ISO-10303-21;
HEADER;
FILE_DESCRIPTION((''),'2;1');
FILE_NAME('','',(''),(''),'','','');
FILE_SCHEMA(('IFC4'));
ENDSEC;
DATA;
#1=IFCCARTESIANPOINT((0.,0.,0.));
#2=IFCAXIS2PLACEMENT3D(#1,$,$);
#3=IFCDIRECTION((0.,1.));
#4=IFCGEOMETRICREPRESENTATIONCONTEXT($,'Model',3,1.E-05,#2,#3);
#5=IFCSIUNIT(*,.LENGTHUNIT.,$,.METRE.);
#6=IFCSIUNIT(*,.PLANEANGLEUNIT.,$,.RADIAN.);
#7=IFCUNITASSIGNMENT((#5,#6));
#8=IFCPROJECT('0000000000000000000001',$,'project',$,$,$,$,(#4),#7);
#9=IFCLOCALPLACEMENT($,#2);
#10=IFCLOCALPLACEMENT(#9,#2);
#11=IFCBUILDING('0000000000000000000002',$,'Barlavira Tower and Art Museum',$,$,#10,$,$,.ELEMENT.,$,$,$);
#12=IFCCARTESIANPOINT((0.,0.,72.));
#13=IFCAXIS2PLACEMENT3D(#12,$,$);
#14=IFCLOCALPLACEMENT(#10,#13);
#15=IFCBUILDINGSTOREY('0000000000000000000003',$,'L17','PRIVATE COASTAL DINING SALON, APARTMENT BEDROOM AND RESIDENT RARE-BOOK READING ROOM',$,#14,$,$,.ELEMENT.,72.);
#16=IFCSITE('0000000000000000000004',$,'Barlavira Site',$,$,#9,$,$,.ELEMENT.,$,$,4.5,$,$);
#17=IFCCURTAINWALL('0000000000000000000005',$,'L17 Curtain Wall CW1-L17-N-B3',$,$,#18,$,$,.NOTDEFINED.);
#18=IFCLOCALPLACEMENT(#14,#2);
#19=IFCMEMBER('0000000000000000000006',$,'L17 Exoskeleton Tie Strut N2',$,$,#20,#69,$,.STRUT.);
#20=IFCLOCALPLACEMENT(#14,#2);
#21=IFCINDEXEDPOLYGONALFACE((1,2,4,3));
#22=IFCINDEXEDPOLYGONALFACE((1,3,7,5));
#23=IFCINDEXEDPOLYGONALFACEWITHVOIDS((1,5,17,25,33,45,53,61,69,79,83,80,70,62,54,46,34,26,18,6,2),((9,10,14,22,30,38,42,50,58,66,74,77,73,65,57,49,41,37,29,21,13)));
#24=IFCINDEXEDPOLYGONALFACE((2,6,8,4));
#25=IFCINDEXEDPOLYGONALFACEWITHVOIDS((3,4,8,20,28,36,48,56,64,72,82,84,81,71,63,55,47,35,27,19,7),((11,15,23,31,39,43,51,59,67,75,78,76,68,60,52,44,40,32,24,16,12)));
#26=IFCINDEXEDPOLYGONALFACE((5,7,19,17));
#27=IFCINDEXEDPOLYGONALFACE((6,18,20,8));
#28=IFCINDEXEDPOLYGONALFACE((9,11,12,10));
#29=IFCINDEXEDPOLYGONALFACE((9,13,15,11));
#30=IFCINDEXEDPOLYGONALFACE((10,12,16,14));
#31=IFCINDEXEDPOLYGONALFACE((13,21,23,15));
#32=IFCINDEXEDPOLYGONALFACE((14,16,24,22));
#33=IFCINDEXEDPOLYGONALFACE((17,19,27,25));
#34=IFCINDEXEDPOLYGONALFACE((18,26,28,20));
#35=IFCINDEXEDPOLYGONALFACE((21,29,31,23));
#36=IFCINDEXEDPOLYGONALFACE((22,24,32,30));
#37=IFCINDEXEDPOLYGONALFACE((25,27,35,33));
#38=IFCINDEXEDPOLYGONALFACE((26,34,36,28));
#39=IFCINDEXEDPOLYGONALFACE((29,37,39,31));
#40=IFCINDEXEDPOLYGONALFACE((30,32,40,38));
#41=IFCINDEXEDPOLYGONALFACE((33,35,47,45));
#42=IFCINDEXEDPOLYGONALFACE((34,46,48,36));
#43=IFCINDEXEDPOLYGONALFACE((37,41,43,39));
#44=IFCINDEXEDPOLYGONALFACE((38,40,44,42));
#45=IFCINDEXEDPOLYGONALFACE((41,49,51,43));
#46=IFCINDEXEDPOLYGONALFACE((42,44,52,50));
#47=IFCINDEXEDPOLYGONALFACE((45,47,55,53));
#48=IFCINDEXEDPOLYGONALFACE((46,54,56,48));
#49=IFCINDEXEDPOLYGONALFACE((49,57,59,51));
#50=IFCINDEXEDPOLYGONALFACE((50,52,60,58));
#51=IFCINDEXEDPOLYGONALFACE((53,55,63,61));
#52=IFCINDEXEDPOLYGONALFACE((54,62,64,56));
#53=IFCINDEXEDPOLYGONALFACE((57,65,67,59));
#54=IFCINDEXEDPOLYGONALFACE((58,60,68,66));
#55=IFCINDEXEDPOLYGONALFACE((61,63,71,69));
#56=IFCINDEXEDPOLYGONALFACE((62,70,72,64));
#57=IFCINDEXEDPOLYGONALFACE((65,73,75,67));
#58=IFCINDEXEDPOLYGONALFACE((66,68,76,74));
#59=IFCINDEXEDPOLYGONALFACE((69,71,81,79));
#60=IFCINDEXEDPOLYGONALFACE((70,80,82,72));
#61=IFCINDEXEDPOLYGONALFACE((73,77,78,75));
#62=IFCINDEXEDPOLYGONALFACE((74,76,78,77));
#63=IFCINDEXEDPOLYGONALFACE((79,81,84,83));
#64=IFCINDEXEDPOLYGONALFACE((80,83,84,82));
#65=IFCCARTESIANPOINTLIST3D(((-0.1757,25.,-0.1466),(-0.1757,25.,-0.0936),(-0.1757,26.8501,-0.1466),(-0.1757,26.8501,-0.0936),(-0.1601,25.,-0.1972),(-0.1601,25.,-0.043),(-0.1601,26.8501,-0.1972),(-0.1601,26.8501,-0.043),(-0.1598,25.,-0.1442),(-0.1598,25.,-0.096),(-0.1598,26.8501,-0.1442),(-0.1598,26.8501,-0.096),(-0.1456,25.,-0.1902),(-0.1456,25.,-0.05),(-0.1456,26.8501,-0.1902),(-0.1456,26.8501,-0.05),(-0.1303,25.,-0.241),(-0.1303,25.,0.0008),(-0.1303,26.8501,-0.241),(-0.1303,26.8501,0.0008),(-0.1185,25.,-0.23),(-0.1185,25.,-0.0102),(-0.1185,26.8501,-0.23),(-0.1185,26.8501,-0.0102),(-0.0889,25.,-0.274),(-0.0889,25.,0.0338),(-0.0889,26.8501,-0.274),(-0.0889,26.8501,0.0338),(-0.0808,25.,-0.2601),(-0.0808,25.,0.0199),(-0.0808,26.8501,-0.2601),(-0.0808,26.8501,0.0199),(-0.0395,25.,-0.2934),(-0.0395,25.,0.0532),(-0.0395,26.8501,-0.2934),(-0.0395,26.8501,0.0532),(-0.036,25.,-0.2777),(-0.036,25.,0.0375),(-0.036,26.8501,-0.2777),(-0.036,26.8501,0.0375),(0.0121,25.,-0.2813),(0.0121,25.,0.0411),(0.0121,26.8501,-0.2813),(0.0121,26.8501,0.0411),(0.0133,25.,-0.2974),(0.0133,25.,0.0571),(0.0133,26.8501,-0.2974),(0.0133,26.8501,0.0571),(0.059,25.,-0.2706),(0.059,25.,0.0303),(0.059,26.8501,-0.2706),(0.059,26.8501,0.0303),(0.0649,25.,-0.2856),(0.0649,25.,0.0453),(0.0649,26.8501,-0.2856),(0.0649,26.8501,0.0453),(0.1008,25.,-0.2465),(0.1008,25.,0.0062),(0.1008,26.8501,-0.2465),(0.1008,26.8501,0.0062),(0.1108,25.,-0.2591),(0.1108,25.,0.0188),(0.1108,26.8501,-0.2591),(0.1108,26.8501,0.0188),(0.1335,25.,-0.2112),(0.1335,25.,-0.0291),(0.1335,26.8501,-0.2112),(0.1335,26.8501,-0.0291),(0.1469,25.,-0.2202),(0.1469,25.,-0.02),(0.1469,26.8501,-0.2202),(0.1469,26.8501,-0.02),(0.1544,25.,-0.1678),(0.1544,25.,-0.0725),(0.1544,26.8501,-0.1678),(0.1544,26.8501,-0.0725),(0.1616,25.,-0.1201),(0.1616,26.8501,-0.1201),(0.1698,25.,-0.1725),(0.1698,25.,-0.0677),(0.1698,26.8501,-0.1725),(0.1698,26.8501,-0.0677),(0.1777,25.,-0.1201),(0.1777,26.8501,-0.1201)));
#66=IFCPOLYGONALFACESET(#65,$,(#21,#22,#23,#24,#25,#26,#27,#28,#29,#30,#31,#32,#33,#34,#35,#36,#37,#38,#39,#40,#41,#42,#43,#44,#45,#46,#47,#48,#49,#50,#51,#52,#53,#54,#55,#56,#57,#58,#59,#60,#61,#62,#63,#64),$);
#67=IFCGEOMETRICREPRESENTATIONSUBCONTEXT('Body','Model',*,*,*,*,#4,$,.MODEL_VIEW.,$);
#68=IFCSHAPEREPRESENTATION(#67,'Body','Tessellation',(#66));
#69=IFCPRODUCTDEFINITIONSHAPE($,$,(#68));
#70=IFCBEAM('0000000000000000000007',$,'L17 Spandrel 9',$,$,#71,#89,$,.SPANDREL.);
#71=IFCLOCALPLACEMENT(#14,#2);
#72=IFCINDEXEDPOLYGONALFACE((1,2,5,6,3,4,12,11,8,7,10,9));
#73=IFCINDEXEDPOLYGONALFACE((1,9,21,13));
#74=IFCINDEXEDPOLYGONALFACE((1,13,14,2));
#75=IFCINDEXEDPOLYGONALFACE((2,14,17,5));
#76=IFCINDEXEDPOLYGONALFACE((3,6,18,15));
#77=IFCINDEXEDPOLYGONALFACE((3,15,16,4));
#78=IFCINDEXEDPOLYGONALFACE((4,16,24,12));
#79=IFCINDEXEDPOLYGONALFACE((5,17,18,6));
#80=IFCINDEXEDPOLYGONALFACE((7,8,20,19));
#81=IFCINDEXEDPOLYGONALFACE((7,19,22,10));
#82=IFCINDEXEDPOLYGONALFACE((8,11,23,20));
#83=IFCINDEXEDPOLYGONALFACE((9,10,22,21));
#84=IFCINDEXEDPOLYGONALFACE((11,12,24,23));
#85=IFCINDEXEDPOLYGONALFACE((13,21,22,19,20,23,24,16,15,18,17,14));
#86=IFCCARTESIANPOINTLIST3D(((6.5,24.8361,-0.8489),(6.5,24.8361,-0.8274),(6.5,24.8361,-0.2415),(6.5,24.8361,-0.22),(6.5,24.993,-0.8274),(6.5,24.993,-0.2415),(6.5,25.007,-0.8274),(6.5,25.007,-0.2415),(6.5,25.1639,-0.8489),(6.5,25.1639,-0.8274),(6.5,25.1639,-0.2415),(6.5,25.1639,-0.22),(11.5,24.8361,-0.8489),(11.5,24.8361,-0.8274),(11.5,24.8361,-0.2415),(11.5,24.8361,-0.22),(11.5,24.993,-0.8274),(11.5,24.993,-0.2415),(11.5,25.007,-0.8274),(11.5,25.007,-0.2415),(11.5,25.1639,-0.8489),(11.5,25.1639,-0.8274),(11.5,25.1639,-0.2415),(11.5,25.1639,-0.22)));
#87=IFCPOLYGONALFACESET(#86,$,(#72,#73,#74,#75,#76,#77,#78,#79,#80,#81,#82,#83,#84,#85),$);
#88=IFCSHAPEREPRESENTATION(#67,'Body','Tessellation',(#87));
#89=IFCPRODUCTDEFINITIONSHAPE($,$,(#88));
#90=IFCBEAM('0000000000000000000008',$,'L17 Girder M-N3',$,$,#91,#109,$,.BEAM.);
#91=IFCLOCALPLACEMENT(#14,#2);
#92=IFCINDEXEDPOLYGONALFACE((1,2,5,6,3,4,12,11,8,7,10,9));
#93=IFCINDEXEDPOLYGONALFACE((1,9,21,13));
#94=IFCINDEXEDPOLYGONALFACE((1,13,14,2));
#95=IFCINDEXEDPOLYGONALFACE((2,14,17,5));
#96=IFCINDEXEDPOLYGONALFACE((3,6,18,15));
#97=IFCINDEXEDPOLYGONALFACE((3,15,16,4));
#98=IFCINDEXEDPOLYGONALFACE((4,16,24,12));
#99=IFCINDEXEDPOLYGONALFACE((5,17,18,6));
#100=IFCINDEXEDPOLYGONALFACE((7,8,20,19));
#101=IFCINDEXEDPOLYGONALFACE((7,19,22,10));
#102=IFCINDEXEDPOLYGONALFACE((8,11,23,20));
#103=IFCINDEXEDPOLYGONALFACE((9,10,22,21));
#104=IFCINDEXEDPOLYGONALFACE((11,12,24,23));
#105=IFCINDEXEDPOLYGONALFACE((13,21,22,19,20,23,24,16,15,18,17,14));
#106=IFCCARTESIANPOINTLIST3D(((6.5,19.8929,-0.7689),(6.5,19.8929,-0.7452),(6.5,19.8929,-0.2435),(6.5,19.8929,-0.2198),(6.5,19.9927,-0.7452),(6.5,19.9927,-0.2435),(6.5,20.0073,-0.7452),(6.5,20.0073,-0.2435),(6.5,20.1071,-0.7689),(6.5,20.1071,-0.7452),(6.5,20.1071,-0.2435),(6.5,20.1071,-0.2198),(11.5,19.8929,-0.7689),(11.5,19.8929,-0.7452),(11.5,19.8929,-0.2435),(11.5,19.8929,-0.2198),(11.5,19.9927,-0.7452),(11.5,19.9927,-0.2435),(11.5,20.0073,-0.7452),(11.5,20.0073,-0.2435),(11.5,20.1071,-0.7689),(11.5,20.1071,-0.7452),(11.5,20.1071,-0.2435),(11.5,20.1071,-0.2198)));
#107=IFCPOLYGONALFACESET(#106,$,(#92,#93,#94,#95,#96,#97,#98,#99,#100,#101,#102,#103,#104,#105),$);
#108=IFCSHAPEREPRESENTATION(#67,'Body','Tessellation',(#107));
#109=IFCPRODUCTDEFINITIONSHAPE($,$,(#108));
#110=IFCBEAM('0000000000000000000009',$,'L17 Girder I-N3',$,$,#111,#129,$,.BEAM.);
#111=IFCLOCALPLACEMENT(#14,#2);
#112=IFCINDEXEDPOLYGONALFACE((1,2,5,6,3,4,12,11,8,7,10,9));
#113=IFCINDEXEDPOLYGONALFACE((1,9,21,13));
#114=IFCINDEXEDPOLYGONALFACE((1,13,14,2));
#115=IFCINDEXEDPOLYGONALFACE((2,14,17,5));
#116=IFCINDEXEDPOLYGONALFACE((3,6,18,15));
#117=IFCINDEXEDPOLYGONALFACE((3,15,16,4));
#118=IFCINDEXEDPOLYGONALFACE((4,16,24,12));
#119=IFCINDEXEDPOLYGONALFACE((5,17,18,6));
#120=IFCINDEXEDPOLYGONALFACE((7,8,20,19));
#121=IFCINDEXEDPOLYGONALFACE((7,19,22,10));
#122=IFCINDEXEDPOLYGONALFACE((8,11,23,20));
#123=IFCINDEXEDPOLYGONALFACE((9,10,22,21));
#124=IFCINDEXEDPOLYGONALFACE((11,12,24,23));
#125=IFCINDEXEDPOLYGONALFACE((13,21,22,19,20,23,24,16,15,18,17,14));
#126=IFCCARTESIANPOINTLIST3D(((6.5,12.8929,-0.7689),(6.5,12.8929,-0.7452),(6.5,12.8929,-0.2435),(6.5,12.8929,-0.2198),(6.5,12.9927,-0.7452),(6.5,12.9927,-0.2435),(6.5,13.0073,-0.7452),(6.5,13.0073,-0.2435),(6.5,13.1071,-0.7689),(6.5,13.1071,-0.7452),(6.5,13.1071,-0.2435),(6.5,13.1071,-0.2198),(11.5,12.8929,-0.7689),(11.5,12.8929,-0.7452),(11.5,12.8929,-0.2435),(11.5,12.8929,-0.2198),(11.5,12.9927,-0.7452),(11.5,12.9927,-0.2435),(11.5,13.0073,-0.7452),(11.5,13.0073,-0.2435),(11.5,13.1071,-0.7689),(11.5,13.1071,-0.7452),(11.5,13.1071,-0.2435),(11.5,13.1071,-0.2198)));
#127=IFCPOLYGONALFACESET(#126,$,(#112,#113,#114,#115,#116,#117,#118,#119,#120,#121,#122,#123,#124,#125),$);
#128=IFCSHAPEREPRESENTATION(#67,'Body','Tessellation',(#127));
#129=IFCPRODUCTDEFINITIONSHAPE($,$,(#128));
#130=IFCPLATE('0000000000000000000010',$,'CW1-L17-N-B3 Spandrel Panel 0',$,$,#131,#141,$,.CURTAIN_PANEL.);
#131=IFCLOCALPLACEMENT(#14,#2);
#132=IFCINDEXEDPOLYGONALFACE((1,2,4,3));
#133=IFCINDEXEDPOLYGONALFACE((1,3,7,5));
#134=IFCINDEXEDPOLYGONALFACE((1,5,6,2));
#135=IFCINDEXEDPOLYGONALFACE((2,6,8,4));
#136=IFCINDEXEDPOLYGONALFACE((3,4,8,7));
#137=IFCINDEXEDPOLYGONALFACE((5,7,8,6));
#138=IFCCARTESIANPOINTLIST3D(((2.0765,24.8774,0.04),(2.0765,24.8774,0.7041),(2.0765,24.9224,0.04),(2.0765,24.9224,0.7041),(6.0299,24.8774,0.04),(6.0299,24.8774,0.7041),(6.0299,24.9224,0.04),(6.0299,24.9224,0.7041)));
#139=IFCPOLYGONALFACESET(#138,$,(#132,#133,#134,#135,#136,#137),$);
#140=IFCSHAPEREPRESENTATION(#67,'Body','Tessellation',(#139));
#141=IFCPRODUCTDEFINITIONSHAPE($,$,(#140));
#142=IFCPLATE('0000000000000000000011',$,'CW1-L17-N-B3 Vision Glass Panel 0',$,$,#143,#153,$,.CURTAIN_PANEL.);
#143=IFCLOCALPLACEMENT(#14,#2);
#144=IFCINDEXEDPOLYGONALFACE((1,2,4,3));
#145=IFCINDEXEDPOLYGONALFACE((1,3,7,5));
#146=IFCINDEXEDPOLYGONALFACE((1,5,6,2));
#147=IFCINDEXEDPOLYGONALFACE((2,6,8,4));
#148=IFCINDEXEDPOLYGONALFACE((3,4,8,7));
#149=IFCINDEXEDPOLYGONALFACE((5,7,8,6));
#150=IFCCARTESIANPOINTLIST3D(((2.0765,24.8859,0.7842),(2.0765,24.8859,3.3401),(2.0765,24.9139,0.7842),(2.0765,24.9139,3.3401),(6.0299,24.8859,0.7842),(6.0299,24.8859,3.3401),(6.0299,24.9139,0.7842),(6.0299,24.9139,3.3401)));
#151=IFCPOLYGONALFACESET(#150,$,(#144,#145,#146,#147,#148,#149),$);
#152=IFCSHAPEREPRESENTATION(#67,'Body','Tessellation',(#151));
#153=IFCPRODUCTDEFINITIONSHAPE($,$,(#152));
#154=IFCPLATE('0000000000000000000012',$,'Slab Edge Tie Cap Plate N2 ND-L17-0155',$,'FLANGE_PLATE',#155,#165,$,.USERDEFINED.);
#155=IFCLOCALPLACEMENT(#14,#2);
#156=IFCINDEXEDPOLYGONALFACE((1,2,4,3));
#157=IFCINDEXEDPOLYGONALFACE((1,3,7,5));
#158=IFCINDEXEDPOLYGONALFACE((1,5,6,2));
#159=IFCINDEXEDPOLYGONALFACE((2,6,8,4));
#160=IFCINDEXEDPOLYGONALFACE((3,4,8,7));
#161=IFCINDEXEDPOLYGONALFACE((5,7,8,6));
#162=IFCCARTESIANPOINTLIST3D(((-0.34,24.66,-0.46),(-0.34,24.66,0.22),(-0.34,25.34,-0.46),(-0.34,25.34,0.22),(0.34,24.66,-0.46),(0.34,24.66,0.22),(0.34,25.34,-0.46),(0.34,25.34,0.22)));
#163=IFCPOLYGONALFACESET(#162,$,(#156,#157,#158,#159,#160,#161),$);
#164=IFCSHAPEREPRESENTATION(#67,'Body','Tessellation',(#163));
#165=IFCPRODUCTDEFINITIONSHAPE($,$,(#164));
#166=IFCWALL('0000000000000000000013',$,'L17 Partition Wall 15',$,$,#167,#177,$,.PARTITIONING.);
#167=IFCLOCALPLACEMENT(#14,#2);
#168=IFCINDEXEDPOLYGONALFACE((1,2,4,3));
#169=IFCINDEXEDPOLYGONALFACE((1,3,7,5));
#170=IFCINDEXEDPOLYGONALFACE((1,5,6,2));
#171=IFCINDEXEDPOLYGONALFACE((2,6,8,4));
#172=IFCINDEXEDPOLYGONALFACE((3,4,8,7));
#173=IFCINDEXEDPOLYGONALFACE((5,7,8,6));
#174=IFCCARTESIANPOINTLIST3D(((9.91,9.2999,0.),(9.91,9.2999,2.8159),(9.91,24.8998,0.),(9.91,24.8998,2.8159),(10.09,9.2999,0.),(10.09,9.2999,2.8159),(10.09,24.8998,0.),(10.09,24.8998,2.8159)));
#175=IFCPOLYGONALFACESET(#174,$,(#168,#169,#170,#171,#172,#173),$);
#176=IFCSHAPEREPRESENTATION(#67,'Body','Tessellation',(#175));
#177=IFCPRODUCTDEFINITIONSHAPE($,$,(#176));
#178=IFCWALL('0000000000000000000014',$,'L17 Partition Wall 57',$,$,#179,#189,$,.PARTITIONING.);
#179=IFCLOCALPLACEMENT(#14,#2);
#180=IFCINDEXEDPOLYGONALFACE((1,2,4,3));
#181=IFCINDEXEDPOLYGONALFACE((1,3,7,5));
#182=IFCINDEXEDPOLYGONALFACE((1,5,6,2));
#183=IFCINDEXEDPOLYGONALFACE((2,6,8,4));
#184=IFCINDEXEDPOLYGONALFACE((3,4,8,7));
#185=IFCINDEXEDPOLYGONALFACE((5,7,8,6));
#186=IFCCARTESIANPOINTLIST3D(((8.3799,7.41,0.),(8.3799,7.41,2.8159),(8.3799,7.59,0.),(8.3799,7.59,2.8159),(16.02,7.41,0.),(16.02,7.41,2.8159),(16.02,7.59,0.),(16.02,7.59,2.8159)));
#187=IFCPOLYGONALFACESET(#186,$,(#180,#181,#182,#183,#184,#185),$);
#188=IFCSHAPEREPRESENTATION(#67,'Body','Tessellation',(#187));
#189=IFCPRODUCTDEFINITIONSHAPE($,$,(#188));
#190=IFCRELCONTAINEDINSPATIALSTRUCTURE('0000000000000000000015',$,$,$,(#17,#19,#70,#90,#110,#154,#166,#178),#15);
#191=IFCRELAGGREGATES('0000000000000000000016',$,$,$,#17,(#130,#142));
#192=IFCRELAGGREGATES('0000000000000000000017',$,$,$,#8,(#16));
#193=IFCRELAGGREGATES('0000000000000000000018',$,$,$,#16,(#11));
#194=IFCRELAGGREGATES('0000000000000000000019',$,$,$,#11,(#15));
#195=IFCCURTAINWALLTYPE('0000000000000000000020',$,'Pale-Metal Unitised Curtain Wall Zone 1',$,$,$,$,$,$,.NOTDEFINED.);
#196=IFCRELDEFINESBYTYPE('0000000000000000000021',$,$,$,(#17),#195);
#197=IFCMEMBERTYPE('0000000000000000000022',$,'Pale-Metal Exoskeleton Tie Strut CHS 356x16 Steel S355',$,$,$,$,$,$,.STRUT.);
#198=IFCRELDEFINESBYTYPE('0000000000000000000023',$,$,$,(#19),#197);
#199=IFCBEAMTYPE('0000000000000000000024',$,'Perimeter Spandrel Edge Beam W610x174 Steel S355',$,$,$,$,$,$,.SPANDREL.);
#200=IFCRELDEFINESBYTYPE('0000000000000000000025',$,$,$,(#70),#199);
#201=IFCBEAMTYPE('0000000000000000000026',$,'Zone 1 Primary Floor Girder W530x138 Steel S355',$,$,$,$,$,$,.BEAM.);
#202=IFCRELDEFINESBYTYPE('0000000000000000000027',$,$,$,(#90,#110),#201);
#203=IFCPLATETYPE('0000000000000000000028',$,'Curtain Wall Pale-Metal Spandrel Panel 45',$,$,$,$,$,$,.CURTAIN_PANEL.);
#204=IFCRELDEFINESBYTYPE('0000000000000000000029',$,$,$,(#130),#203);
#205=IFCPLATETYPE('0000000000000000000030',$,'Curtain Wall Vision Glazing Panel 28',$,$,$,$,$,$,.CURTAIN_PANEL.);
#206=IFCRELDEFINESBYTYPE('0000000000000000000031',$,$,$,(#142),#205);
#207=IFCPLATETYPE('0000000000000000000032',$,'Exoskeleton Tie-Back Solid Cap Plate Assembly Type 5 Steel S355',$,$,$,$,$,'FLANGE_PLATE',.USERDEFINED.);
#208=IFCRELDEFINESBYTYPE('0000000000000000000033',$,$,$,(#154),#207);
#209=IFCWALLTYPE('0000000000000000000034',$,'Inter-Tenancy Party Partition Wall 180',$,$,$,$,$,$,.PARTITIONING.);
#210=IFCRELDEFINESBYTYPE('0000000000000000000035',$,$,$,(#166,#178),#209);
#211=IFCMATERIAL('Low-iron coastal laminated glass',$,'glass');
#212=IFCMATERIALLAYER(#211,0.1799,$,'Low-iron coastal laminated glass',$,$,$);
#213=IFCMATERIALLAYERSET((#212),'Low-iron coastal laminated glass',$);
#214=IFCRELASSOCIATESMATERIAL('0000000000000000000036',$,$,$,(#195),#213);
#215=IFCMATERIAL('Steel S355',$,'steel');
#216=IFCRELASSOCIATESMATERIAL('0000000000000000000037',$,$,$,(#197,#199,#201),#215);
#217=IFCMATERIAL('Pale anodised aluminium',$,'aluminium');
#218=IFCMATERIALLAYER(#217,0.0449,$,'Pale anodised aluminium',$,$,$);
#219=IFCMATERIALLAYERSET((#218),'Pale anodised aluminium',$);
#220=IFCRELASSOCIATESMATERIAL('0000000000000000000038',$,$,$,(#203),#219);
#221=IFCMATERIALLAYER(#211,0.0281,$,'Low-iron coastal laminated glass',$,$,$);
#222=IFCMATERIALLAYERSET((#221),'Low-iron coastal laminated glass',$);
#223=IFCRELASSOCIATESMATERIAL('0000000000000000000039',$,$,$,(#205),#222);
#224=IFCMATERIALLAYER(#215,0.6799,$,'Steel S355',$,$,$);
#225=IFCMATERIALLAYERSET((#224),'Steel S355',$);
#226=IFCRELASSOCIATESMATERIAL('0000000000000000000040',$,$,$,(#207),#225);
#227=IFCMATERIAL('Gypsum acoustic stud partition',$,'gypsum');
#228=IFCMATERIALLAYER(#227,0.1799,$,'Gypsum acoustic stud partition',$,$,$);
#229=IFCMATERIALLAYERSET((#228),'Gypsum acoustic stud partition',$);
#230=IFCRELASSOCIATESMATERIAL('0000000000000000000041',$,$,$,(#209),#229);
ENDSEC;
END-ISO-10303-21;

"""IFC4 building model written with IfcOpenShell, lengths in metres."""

from ifc_helpers import new_model, si_unit, direction, frame, frame_2d, origin, origin_2d, place, context, subcontext, project, spatial, rectangle, hollow_circle, i_section, extrude, material, layer, layer_set, material_profile, profile_set, type_object, element, aggregate, save


model = new_model("IFC4")

# Units and contexts
model_context = context("Model", 3, precision=1e-05, world=origin(), true_north=direction((0.0, 1.0)))
body_context = subcontext(model_context, "Body", "Model", "MODEL_VIEW")
ifc_project = project(units=[si_unit("LENGTHUNIT", "METRE"), si_unit("PLANEANGLEUNIT", "RADIAN")], contexts=[model_context])

# Site, building, storey
site_placement = place(None, origin())
site = spatial("IfcSite", under=ifc_project, at=site_placement, Name="Barlavira Site", CompositionType="ELEMENT", RefElevation=4.5)
building_placement = place(site_placement, origin())
building = spatial("IfcBuilding", under=site, at=building_placement, Name="Barlavira Tower and Art Museum", CompositionType="ELEMENT")
storey_placement = place(building_placement, frame((0.0, 0.0, 72.0)))
storey = spatial("IfcBuildingStorey", under=building, at=storey_placement, Name="L17", Description="PRIVATE COASTAL DINING SALON, APARTMENT BEDROOM AND RESIDENT RARE-BOOK READING ROOM", CompositionType="ELEMENT", Elevation=72.0)

# Curtain wall
ifc_material_1 = material(Name="Low-iron coastal laminated glass", Category="glass")
ifc_layer_1 = layer(ifc_material_1, 0.1799, Name="Low-iron coastal laminated glass")
ifc_layer_set_1 = layer_set([ifc_layer_1], Name="Low-iron coastal laminated glass")
curtain_wall_type = type_object("IfcCurtainWallType", Name="Pale-Metal Unitised Curtain Wall Zone 1", PredefinedType="NOTDEFINED", material=ifc_layer_set_1)
curtain_wall_placement = place(storey_placement, origin())
curtain_wall = element("IfcCurtainWall", 1, at=curtain_wall_placement, inside=storey, type_object=curtain_wall_type, Name="L17 Curtain Wall CW1-L17-N-B3", PredefinedType="NOTDEFINED")
ifc_material_2 = material(Name="Pale anodised aluminium", Category="aluminium")

# Member
ifc_material_3 = material(Name="Steel S355", Category="steel")
ifc_material_profile_1 = material_profile(ifc_material_3, hollow_circle(Radius=0.1777, WallThickness=0.0161, at=origin_2d()), Name="CHS 355.6x16.0")
ifc_profile_set_1 = profile_set([ifc_material_profile_1], Name="Steel S355")
member_type_1 = type_object("IfcMemberType", Name="Pale-Metal Exoskeleton Tie Strut CHS 356x16 Steel S355", PredefinedType="STRUT", material=ifc_profile_set_1)
member_1_placement = place(storey_placement, frame((0.0, 26.8501, -0.1201), z_axis=(0.0, -1.0, 0.0), x_axis=(1.0, 0.0, 0.0)))
element("IfcMember", 2, at=member_1_placement, inside=storey, type_object=member_type_1, Name="L17 Exoskeleton Tie Strut N2", PredefinedType="STRUT", context=body_context, shape_type="SweptSolid", body=[
    extrude(hollow_circle(Radius=0.1777, WallThickness=0.0161, at=origin_2d()), origin(), (0.0, 0.0, 1.0), 1.8501),
])

# Beams
ifc_material_profile_2 = material_profile(ifc_material_3, i_section(OverallWidth=0.3279, OverallDepth=0.6289, WebThickness=0.0139, FlangeThickness=0.0215, at=origin_2d()), Name="W610x174.0")
ifc_profile_set_2 = profile_set([ifc_material_profile_2], Name="Steel S355")
beam_type_1 = type_object("IfcBeamType", Name="Perimeter Spandrel Edge Beam W610x174 Steel S355", PredefinedType="SPANDREL", material=ifc_profile_set_2)
beam_placement = place(storey_placement, frame((6.5, 25.0, -0.5344), z_axis=(1.0, 0.0, 0.0), x_axis=(0.0, 1.0, 0.0)))
element("IfcBeam", 3, at=beam_placement, inside=storey, type_object=beam_type_1, Name="L17 Spandrel 9", PredefinedType="SPANDREL", context=body_context, shape_type="SweptSolid", body=[
    extrude(i_section(OverallWidth=0.3279, OverallDepth=0.6289, WebThickness=0.0139, FlangeThickness=0.0215, at=origin_2d()), origin(), (0.0, 0.0, 1.0), 5.0),
])
ifc_material_profile_3 = material_profile(ifc_material_3, i_section(OverallWidth=0.2141, OverallDepth=0.5491, WebThickness=0.0146, FlangeThickness=0.0237, at=origin_2d()), Name="W530x138.0")
ifc_profile_set_3 = profile_set([ifc_material_profile_3], Name="Steel S355")
beam_type_2 = type_object("IfcBeamType", Name="Zone 1 Primary Floor Girder W530x138 Steel S355", PredefinedType="BEAM", material=ifc_profile_set_3)
for number, where, z_axis, x_axis, name in (
    (4, (6.5, 20.0, -0.4944), (1.0, 0.0, 0.0), (0.0, 1.0, 0.0), "L17 Girder M-N3"),
    (5, (6.5, 13.0, -0.4944), (1.0, 0.0, 0.0), (0.0, 1.0, 0.0), "L17 Girder I-N3"),
):
    element("IfcBeam", number, at=place(storey_placement, frame(where, z_axis=z_axis, x_axis=x_axis)), inside=storey, type_object=beam_type_2, Name=name, PredefinedType="BEAM", context=body_context, shape_type="SweptSolid", body=[
        extrude(i_section(OverallWidth=0.2141, OverallDepth=0.5491, WebThickness=0.0146, FlangeThickness=0.0237, at=origin_2d()), origin(), (0.0, 0.0, 1.0), 5.0),
    ])

# Plates
ifc_layer_2 = layer(ifc_material_2, 0.0449, Name="Pale anodised aluminium")
ifc_layer_set_2 = layer_set([ifc_layer_2], Name="Pale anodised aluminium")
plate_type_1 = type_object("IfcPlateType", Name="Curtain Wall Pale-Metal Spandrel Panel 45", PredefinedType="CURTAIN_PANEL", material=ifc_layer_set_2)
plate_1_placement = place(storey_placement, frame((4.0532, 24.8999, 0.04), z_axis=(0.0, 0.0, 1.0), x_axis=(-1.0, 0.0, 0.0)))
plate_1 = element("IfcPlate", 6, at=plate_1_placement, type_object=plate_type_1, Name="CW1-L17-N-B3 Spandrel Panel 0", PredefinedType="CURTAIN_PANEL", context=body_context, shape_type="SweptSolid", body=[
    extrude(rectangle(XDim=3.9534, YDim=0.0449, at=origin_2d()), origin(), (0.0, 0.0, 1.0), 0.6641),
])
ifc_layer_3 = layer(ifc_material_1, 0.0281, Name="Low-iron coastal laminated glass")
ifc_layer_set_3 = layer_set([ifc_layer_3], Name="Low-iron coastal laminated glass")
plate_type_2 = type_object("IfcPlateType", Name="Curtain Wall Vision Glazing Panel 28", PredefinedType="CURTAIN_PANEL", material=ifc_layer_set_3)
plate_2_placement = place(storey_placement, frame((4.0532, 24.8999, 0.7842), z_axis=(0.0, 0.0, 1.0), x_axis=(-1.0, 0.0, 0.0)))
plate_2 = element("IfcPlate", 7, at=plate_2_placement, type_object=plate_type_2, Name="CW1-L17-N-B3 Vision Glass Panel 0", PredefinedType="CURTAIN_PANEL", context=body_context, shape_type="SweptSolid", body=[
    extrude(rectangle(XDim=3.9534, YDim=0.0281, at=origin_2d()), origin(), (0.0, 0.0, 1.0), 2.5559),
])
aggregate(curtain_wall, [plate_1, plate_2])
ifc_layer_4 = layer(ifc_material_3, 0.6799, Name="Steel S355")
ifc_layer_set_4 = layer_set([ifc_layer_4], Name="Steel S355")
plate_type_3 = type_object("IfcPlateType", Name="Exoskeleton Tie-Back Solid Cap Plate Assembly Type 5 Steel S355", ElementType="FLANGE_PLATE", PredefinedType="USERDEFINED", material=ifc_layer_set_4)
plate_3_placement = place(storey_placement, frame((0.0, 25.0, -0.46), z_axis=(0.0, 0.0, 1.0), x_axis=(1.0, 0.0, 0.0)))
element("IfcPlate", 8, at=plate_3_placement, inside=storey, type_object=plate_type_3, Name="Slab Edge Tie Cap Plate N2 ND-L17-0155", ObjectType="FLANGE_PLATE", PredefinedType="USERDEFINED", context=body_context, shape_type="SweptSolid", body=[
    extrude(rectangle(XDim=0.6799, YDim=0.6799, at=origin_2d()), origin(), (0.0, 0.0, 1.0), 0.6799),
])

# Walls
ifc_material_4 = material(Name="Gypsum acoustic stud partition", Category="gypsum")
ifc_layer_5 = layer(ifc_material_4, 0.1799, Name="Gypsum acoustic stud partition")
ifc_layer_set_5 = layer_set([ifc_layer_5], Name="Gypsum acoustic stud partition")
wall_type = type_object("IfcWallType", Name="Inter-Tenancy Party Partition Wall 180", PredefinedType="PARTITIONING", material=ifc_layer_set_5)
wall_1_placement = place(storey_placement, frame((10.0, 9.3, 0.0), z_axis=(0.0, 0.0, 1.0), x_axis=(0.0, 1.0, 0.0)))
element("IfcWall", 9, at=wall_1_placement, inside=storey, type_object=wall_type, Name="L17 Partition Wall 15", PredefinedType="PARTITIONING", context=body_context, shape_type="SweptSolid", body=[
    extrude(rectangle(XDim=15.5999, YDim=0.1799, at=frame_2d((7.7998, 0.0))), origin(), (0.0, 0.0, 1.0), 2.8159),
])
wall_2_placement = place(storey_placement, frame((8.3799, 7.5, 0.0), z_axis=(0.0, 0.0, 1.0), x_axis=(1.0, 0.0, 0.0)))
element("IfcWall", 10, at=wall_2_placement, inside=storey, type_object=wall_type, Name="L17 Partition Wall 57", PredefinedType="PARTITIONING", context=body_context, shape_type="SweptSolid", body=[
    extrude(rectangle(XDim=7.6401, YDim=0.1799, at=frame_2d((3.8201, 0.0))), origin(), (0.0, 0.0, 1.0), 2.8159),
])

save(model, "model.ifc")
